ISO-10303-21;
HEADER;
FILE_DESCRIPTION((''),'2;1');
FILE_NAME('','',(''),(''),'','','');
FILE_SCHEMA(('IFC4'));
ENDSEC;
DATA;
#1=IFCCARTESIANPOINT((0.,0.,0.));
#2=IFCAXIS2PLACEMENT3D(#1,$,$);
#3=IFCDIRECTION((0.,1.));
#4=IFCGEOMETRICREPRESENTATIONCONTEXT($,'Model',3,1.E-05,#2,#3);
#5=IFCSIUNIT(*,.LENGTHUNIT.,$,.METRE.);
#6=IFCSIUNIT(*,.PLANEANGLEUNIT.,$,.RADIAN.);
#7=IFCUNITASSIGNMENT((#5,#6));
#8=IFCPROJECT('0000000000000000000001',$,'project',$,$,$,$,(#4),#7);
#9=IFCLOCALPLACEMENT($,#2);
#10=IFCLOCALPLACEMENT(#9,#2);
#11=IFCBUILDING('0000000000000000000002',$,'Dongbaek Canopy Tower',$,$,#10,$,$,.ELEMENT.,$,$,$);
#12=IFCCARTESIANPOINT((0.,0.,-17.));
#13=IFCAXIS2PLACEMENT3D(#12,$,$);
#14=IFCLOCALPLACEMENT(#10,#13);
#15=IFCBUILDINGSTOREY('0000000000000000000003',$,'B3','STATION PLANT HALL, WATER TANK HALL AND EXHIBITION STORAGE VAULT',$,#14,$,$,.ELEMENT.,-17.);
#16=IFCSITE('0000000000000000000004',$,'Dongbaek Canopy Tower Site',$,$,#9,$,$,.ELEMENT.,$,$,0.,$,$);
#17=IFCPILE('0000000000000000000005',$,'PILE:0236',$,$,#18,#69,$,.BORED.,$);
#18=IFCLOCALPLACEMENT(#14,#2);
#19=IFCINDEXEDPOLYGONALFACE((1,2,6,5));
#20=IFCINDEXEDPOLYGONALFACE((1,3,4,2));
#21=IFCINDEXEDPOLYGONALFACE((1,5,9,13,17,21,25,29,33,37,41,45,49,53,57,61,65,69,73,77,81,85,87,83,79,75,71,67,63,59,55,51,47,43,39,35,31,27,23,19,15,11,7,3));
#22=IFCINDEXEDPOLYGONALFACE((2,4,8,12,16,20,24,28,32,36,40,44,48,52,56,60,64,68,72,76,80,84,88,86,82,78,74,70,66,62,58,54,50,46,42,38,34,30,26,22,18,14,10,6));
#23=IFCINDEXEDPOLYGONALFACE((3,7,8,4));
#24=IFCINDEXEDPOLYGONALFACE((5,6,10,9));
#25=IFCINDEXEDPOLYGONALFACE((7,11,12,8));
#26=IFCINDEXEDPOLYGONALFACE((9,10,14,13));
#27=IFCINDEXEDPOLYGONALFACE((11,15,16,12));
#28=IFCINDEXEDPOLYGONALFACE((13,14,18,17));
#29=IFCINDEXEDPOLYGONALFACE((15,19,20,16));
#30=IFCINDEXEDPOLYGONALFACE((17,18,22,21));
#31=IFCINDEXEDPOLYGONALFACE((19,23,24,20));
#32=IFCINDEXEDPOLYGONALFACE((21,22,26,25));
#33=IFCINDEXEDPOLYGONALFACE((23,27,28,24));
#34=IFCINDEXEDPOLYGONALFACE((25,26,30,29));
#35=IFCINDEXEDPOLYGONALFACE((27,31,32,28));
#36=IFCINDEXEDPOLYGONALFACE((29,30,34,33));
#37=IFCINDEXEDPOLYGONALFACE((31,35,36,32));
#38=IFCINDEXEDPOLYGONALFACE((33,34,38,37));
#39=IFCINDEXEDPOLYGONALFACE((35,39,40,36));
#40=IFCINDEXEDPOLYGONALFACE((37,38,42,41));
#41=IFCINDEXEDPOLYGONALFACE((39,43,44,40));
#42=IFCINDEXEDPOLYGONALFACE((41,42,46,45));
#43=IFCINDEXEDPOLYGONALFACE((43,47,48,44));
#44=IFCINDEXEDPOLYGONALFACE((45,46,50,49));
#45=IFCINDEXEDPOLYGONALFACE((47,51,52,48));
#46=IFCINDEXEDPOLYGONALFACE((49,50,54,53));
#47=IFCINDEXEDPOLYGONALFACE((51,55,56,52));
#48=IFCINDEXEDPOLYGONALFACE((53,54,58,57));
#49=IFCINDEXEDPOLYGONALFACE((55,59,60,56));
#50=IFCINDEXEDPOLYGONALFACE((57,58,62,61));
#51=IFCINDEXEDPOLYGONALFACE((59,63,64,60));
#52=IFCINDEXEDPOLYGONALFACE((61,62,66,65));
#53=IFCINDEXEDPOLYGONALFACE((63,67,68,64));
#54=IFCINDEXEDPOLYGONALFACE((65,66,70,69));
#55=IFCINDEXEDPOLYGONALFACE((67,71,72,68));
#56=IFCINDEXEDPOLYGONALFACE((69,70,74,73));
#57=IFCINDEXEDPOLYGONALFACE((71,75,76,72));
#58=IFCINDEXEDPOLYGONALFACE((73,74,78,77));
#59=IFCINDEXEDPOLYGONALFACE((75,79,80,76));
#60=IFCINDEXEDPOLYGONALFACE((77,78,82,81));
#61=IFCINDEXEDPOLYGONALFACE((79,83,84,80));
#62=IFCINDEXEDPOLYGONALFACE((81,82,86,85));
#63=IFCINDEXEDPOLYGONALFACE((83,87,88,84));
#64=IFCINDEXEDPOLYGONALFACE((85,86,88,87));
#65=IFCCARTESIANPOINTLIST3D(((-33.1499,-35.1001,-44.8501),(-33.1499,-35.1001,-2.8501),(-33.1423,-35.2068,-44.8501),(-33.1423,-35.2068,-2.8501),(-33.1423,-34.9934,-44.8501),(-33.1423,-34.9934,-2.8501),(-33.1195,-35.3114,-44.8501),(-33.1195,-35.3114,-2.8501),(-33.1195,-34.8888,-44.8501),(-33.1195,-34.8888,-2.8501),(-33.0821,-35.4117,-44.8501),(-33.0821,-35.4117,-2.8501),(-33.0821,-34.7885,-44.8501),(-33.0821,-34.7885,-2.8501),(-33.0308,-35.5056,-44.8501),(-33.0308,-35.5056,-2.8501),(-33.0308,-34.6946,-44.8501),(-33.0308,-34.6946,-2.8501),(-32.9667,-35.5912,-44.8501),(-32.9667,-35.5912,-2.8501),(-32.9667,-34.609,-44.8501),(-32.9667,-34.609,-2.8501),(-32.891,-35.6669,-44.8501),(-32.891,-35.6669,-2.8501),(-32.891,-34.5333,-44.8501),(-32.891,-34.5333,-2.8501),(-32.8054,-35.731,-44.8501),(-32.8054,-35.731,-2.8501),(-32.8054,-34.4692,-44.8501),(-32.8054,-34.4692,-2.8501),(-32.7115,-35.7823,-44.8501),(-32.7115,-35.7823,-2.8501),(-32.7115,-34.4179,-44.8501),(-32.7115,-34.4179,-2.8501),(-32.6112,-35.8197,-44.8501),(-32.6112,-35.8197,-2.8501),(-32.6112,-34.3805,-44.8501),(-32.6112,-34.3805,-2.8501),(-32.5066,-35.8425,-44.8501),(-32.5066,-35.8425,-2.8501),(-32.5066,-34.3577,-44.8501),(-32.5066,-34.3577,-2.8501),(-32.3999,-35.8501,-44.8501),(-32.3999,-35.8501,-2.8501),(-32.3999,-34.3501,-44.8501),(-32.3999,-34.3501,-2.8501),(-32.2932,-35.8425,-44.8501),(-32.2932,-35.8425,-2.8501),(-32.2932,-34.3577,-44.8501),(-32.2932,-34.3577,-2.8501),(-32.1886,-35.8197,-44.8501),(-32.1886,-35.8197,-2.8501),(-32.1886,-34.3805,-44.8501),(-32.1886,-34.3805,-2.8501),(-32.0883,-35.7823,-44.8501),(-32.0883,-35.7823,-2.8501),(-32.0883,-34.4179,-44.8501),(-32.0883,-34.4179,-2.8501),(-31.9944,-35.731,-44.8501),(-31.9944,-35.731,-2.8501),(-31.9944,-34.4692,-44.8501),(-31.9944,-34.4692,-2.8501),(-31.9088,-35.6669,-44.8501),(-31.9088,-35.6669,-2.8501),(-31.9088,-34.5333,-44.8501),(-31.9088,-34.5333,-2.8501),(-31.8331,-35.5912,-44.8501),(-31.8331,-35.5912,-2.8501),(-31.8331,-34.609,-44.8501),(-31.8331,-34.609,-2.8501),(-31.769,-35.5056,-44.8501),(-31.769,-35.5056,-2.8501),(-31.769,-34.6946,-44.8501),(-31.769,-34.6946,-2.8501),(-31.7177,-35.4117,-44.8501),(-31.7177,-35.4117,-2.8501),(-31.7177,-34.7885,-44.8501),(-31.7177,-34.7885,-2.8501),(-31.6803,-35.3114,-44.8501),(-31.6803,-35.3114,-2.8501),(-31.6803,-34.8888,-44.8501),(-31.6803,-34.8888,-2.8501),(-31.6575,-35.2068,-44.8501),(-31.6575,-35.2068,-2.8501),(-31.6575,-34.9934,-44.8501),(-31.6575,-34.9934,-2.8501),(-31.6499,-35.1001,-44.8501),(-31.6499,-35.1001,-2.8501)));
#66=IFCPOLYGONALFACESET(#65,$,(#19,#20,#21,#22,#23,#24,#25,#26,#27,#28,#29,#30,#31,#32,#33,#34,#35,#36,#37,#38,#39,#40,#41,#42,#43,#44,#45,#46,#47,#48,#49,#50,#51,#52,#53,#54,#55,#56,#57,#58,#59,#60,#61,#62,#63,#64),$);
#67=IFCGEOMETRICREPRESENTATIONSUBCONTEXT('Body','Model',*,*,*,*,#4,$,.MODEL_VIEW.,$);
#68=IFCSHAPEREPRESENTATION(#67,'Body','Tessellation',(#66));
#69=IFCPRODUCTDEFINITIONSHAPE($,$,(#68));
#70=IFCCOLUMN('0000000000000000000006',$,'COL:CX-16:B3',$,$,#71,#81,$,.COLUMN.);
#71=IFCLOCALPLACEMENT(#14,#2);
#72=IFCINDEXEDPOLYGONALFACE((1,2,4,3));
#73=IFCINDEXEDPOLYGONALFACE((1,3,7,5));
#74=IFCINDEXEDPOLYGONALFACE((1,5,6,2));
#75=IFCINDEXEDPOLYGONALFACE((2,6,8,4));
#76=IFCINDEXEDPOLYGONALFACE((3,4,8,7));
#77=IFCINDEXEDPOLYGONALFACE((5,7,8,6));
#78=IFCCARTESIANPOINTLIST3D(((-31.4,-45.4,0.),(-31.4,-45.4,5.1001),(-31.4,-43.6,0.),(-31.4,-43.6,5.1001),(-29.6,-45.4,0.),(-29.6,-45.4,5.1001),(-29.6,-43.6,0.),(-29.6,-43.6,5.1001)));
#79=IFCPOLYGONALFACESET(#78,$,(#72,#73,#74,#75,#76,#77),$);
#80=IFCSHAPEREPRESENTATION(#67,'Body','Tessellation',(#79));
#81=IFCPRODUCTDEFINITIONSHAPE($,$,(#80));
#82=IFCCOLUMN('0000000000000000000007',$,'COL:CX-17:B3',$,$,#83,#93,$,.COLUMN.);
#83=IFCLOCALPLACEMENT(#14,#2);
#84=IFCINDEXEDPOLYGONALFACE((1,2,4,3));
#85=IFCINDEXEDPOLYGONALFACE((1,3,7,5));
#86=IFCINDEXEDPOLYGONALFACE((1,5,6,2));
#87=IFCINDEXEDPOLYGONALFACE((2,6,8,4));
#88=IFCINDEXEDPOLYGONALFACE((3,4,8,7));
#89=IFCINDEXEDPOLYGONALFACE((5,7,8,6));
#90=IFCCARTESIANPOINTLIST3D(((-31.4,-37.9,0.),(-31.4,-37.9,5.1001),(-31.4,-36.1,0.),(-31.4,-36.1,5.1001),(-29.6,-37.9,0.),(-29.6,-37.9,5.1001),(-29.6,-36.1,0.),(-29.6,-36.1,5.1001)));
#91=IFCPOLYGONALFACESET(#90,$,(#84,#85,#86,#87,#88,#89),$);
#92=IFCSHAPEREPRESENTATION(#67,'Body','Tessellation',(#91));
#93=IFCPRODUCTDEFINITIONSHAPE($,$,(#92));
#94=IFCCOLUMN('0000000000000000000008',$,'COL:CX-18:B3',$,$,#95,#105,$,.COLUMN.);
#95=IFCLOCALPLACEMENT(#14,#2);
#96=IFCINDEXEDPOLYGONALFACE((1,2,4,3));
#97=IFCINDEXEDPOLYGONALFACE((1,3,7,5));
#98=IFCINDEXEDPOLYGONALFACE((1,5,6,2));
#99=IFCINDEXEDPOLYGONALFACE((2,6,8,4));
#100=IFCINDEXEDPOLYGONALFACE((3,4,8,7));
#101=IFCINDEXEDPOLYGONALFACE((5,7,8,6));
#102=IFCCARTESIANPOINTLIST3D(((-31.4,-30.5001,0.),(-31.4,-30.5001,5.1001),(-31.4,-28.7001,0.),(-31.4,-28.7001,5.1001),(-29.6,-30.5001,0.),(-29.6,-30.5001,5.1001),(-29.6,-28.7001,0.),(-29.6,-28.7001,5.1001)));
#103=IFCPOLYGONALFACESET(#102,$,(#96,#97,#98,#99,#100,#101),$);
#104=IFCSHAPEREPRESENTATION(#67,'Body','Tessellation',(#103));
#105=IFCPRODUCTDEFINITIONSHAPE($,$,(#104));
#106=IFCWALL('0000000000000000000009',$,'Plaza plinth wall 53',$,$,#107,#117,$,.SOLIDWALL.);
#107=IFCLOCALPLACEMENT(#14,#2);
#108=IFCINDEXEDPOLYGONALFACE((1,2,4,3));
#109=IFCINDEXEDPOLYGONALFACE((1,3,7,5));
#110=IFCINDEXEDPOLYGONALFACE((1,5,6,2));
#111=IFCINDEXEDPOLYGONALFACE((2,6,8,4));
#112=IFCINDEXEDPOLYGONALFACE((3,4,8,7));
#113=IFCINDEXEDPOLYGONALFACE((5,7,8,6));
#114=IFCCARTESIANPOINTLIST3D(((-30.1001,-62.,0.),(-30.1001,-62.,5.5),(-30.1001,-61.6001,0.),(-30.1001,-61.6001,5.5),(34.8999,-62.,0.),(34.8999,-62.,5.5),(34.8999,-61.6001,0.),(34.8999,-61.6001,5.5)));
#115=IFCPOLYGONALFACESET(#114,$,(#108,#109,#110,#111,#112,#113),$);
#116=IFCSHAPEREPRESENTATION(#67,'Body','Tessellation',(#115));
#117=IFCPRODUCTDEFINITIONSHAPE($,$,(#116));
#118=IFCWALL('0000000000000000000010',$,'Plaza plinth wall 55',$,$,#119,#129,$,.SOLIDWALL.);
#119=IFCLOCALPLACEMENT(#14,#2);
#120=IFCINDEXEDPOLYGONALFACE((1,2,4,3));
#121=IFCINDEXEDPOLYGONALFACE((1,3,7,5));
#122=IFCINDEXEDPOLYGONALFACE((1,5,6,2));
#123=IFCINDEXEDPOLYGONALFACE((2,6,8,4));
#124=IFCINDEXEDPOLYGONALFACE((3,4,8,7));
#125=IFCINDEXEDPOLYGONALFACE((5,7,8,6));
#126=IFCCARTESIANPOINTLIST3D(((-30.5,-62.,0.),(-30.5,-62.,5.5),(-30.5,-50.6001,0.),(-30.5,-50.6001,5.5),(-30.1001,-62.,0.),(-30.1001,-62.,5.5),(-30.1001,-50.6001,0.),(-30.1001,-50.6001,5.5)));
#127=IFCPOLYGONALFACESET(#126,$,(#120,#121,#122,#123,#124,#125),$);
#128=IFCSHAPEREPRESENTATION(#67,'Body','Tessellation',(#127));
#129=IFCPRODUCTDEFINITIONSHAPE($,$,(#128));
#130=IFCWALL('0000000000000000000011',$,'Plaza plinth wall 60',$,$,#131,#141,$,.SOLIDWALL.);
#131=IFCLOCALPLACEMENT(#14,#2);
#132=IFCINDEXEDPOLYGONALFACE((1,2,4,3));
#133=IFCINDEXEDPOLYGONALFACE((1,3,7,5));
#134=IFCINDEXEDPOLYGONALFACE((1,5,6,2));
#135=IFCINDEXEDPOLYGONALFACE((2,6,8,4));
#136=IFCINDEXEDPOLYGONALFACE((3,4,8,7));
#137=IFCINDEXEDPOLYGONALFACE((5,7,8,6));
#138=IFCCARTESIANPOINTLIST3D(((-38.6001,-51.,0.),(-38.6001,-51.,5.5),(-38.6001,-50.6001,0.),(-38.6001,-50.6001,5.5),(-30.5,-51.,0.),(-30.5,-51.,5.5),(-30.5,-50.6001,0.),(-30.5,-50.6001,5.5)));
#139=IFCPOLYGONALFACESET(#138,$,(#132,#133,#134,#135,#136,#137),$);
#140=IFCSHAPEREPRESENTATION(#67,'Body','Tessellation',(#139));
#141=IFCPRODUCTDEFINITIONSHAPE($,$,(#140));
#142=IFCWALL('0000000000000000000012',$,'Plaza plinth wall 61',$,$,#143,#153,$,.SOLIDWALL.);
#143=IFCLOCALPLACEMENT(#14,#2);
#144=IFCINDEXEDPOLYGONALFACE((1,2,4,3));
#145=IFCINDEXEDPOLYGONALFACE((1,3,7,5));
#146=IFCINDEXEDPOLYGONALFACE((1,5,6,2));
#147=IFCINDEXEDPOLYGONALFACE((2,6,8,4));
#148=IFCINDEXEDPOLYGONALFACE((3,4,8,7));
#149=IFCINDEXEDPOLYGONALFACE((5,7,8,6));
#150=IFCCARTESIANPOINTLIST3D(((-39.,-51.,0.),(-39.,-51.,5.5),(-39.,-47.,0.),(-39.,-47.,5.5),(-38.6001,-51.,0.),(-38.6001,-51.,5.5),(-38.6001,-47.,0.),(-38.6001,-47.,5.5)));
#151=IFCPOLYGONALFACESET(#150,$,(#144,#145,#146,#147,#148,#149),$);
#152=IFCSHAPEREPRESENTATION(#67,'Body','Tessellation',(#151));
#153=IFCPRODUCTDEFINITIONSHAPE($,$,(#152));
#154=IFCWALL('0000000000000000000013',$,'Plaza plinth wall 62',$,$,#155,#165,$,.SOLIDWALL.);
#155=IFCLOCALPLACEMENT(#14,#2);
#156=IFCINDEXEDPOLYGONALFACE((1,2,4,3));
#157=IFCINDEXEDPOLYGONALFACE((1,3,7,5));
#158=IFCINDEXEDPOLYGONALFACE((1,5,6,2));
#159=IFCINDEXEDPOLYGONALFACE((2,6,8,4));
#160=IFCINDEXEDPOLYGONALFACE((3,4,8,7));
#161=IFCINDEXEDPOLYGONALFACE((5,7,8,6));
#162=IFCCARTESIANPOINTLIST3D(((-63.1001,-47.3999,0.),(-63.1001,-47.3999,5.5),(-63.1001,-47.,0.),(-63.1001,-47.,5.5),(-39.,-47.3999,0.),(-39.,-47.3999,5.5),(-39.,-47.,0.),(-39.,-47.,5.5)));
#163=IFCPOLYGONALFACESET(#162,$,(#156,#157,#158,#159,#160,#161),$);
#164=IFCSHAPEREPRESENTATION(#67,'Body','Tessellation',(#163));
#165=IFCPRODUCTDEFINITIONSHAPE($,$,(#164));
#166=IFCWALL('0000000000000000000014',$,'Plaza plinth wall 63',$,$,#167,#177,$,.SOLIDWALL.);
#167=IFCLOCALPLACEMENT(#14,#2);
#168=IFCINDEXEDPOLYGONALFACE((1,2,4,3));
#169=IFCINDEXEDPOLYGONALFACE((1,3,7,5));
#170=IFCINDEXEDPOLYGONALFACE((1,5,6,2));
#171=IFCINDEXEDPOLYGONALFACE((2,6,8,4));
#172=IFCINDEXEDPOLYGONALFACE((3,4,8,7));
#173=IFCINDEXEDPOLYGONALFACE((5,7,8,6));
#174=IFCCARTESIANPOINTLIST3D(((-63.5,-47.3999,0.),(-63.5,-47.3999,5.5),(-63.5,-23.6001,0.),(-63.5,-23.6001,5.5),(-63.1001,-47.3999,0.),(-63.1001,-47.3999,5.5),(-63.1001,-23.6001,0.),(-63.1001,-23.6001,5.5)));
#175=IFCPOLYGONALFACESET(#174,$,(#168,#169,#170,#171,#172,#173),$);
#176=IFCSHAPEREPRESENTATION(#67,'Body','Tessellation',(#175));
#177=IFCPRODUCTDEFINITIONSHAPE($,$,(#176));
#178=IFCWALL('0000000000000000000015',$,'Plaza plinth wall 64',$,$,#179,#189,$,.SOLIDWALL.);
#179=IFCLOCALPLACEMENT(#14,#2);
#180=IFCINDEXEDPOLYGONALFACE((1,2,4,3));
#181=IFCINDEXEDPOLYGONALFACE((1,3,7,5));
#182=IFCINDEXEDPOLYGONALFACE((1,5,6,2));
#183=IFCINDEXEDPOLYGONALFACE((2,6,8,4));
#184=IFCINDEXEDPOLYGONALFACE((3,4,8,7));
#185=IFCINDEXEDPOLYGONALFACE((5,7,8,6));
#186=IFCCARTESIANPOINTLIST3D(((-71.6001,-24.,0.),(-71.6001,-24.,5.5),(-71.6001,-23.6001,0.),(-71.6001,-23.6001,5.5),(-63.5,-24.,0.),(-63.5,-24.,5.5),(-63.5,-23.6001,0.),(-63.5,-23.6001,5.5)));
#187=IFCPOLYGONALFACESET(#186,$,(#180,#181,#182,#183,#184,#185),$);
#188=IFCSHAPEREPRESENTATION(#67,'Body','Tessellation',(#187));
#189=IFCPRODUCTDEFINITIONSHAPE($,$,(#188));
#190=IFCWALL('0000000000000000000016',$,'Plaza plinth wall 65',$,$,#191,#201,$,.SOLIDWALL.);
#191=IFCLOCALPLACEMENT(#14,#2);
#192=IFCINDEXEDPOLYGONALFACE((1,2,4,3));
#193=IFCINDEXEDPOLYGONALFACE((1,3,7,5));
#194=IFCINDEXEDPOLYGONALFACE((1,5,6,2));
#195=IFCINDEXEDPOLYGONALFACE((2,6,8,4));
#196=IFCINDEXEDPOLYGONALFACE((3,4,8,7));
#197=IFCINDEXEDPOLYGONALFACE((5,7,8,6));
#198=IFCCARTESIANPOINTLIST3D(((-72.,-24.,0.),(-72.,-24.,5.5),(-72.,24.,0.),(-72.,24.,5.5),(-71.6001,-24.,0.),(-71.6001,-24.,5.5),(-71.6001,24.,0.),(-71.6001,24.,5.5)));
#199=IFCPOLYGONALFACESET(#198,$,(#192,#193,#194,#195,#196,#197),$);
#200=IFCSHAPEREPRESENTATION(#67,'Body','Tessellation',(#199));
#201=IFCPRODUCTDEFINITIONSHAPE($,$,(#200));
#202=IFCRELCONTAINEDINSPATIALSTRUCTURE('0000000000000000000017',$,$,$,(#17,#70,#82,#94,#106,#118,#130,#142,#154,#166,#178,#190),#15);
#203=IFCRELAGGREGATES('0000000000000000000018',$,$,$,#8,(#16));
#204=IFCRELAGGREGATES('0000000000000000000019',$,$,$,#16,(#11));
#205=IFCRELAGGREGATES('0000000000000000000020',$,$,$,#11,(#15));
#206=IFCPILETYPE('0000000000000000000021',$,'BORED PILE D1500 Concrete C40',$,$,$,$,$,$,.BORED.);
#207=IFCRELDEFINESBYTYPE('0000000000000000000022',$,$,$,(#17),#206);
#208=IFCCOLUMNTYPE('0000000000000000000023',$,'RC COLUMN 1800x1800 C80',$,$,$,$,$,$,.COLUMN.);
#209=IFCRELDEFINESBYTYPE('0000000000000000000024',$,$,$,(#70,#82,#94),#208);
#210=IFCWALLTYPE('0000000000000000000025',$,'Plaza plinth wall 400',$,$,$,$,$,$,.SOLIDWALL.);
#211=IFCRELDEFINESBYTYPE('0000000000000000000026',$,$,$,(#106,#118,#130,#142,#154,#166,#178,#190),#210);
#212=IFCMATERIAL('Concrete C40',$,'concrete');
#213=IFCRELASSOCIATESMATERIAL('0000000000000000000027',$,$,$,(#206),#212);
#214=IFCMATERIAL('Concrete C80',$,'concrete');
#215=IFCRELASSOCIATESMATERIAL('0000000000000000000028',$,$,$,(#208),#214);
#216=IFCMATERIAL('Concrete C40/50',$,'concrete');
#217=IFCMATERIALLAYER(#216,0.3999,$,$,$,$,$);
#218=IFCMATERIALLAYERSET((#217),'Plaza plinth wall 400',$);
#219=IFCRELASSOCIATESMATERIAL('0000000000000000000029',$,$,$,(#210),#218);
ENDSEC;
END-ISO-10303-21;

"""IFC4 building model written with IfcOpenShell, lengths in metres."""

from ifc_helpers import new_model, si_unit, direction, frame, frame_2d, origin, origin_2d, place, context, subcontext, project, spatial, rectangle, circle, extrude, material, layer, layer_set, material_profile, profile_set, type_object, element, save


model = new_model("IFC4")

# Units and contexts
model_context = context("Model", 3, precision=1e-05, world=origin(), true_north=direction((0.0, 1.0)))
body_context = subcontext(model_context, "Body", "Model", "MODEL_VIEW")
ifc_project = project(units=[si_unit("LENGTHUNIT", "METRE"), si_unit("PLANEANGLEUNIT", "RADIAN")], contexts=[model_context])

# Site, building, storey
site_placement = place(None, origin())
site = spatial("IfcSite", under=ifc_project, at=site_placement, Name="Dongbaek Canopy Tower Site", CompositionType="ELEMENT", RefElevation=0.0)
building_placement = place(site_placement, origin())
building = spatial("IfcBuilding", under=site, at=building_placement, Name="Dongbaek Canopy Tower", CompositionType="ELEMENT")
storey_placement = place(building_placement, frame((0.0, 0.0, -17.0)))
storey = spatial("IfcBuildingStorey", under=building, at=storey_placement, Name="B3", Description="STATION PLANT HALL, WATER TANK HALL AND EXHIBITION STORAGE VAULT", CompositionType="ELEMENT", Elevation=-17.0)

# Pile
ifc_material_1 = material(Name="Concrete C40", Category="concrete")
ifc_material_profile_1 = material_profile(ifc_material_1, circle(Radius=0.75, at=origin_2d()), Name="BORED PILE D1500 Concrete C40")
ifc_profile_set_1 = profile_set([ifc_material_profile_1], Name="Concrete C40")
pile_type = type_object("IfcPileType", Name="BORED PILE D1500 Concrete C40", PredefinedType="BORED", material=ifc_profile_set_1)
for number, where, z_axis, x_axis, name in (
    (1, (-32.3999, -35.1001, -2.8501), (0.0, 0.0, -1.0), (1.0, 0.0, 0.0), "PILE:0236"),
):
    element("IfcPile", number, at=place(storey_placement, frame(where, z_axis=z_axis, x_axis=x_axis)), inside=storey, type_object=pile_type, Name=name, PredefinedType="BORED", context=body_context, shape_type="SweptSolid", body=[
        extrude(circle(Radius=0.75, at=origin_2d()), origin(), (0.0, 0.0, 1.0), 42.0),
    ])

# Columns
ifc_material_2 = material(Name="Concrete C80", Category="concrete")
ifc_material_profile_2 = material_profile(ifc_material_2, rectangle(XDim=1.8, YDim=1.8, at=origin_2d()), Name="RC COLUMN 1800x1800 C80")
ifc_profile_set_2 = profile_set([ifc_material_profile_2], Name="Concrete C80")
column_type = type_object("IfcColumnType", Name="RC COLUMN 1800x1800 C80", PredefinedType="COLUMN", material=ifc_profile_set_2)
for number, where, z_axis, x_axis, name in (
    (2, (-30.5, -44.5, 0.0), (0.0, 0.0, 1.0), (1.0, 0.0, 0.0), "COL:CX-16:B3"),
    (3, (-30.5, -37.0, 0.0), (0.0, 0.0, 1.0), (1.0, 0.0, 0.0), "COL:CX-17:B3"),
    (4, (-30.5, -29.6001, 0.0), (0.0, 0.0, 1.0), (1.0, 0.0, 0.0), "COL:CX-18:B3"),
):
    element("IfcColumn", number, at=place(storey_placement, frame(where, z_axis=z_axis, x_axis=x_axis)), inside=storey, type_object=column_type, Name=name, PredefinedType="COLUMN", context=body_context, shape_type="SweptSolid", body=[
        extrude(rectangle(XDim=1.8, YDim=1.8, at=origin_2d()), origin(), (0.0, 0.0, 1.0), 5.1001),
    ])

# Walls
ifc_material_3 = material(Name="Concrete C40/50", Category="concrete")
ifc_layer_1 = layer(ifc_material_3, 0.3999)
ifc_layer_set_1 = layer_set([ifc_layer_1], Name="Plaza plinth wall 400")
wall_type_1 = type_object("IfcWallType", Name="Plaza plinth wall 400", PredefinedType="SOLIDWALL", material=ifc_layer_set_1)
wall_1_placement = place(storey_placement, frame((-30.1001, -61.8, 0.0), z_axis=(0.0, 0.0, 1.0), x_axis=(1.0, 0.0, 0.0)))
element("IfcWall", 5, at=wall_1_placement, inside=storey, type_object=wall_type_1, Name="Plaza plinth wall 53", PredefinedType="SOLIDWALL", context=body_context, shape_type="SweptSolid", body=[
    extrude(rectangle(XDim=65.0, YDim=0.3999, at=frame_2d((32.5, 0.0))), origin(), (0.0, 0.0, 1.0), 5.5),
])
wall_2_placement = place(storey_placement, frame((-30.3, -62.0, 0.0), z_axis=(0.0, 0.0, 1.0), x_axis=(0.0, 1.0, 0.0)))
element("IfcWall", 6, at=wall_2_placement, inside=storey, type_object=wall_type_1, Name="Plaza plinth wall 55", PredefinedType="SOLIDWALL", context=body_context, shape_type="SweptSolid", body=[
    extrude(rectangle(XDim=11.3999, YDim=0.3999, at=frame_2d((5.7, 0.0))), origin(), (0.0, 0.0, 1.0), 5.5),
])
wall_3_placement = place(storey_placement, frame((-38.6001, -50.8, 0.0), z_axis=(0.0, 0.0, 1.0), x_axis=(1.0, 0.0, 0.0)))
element("IfcWall", 7, at=wall_3_placement, inside=storey, type_object=wall_type_1, Name="Plaza plinth wall 60", PredefinedType="SOLIDWALL", context=body_context, shape_type="SweptSolid", body=[
    extrude(rectangle(XDim=8.1001, YDim=0.3999, at=frame_2d((4.05, 0.0))), origin(), (0.0, 0.0, 1.0), 5.5),
])
wall_4_placement = place(storey_placement, frame((-38.8, -51.0, 0.0), z_axis=(0.0, 0.0, 1.0), x_axis=(0.0, 1.0, 0.0)))
element("IfcWall", 8, at=wall_4_placement, inside=storey, type_object=wall_type_1, Name="Plaza plinth wall 61", PredefinedType="SOLIDWALL", context=body_context, shape_type="SweptSolid", body=[
    extrude(rectangle(XDim=4.0, YDim=0.3999, at=frame_2d((2.0, 0.0))), origin(), (0.0, 0.0, 1.0), 5.5),
])
wall_5_placement = place(storey_placement, frame((-63.1001, -47.2, 0.0), z_axis=(0.0, 0.0, 1.0), x_axis=(1.0, 0.0, 0.0)))
element("IfcWall", 9, at=wall_5_placement, inside=storey, type_object=wall_type_1, Name="Plaza plinth wall 62", PredefinedType="SOLIDWALL", context=body_context, shape_type="SweptSolid", body=[
    extrude(rectangle(XDim=24.1001, YDim=0.3999, at=frame_2d((12.05, 0.0))), origin(), (0.0, 0.0, 1.0), 5.5),
])
wall_6_placement = place(storey_placement, frame((-63.3, -47.3999, 0.0), z_axis=(0.0, 0.0, 1.0), x_axis=(0.0, 1.0, 0.0)))
element("IfcWall", 10, at=wall_6_placement, inside=storey, type_object=wall_type_1, Name="Plaza plinth wall 63", PredefinedType="SOLIDWALL", context=body_context, shape_type="SweptSolid", body=[
    extrude(rectangle(XDim=23.7998, YDim=0.3999, at=frame_2d((11.8999, 0.0))), origin(), (0.0, 0.0, 1.0), 5.5),
])
wall_7_placement = place(storey_placement, frame((-71.6001, -23.8, 0.0), z_axis=(0.0, 0.0, 1.0), x_axis=(1.0, 0.0, 0.0)))
element("IfcWall", 11, at=wall_7_placement, inside=storey, type_object=wall_type_1, Name="Plaza plinth wall 64", PredefinedType="SOLIDWALL", context=body_context, shape_type="SweptSolid", body=[
    extrude(rectangle(XDim=8.1001, YDim=0.3999, at=frame_2d((4.05, 0.0))), origin(), (0.0, 0.0, 1.0), 5.5),
])
wall_8_placement = place(storey_placement, frame((-71.8, -24.0, 0.0), z_axis=(0.0, 0.0, 1.0), x_axis=(0.0, 1.0, 0.0)))
element("IfcWall", 12, at=wall_8_placement, inside=storey, type_object=wall_type_1, Name="Plaza plinth wall 65", PredefinedType="SOLIDWALL", context=body_context, shape_type="SweptSolid", body=[
    extrude(rectangle(XDim=48.0, YDim=0.3999, at=frame_2d((24.0, 0.0))), origin(), (0.0, 0.0, 1.0), 5.5),
])

save(model, "model.ifc")
